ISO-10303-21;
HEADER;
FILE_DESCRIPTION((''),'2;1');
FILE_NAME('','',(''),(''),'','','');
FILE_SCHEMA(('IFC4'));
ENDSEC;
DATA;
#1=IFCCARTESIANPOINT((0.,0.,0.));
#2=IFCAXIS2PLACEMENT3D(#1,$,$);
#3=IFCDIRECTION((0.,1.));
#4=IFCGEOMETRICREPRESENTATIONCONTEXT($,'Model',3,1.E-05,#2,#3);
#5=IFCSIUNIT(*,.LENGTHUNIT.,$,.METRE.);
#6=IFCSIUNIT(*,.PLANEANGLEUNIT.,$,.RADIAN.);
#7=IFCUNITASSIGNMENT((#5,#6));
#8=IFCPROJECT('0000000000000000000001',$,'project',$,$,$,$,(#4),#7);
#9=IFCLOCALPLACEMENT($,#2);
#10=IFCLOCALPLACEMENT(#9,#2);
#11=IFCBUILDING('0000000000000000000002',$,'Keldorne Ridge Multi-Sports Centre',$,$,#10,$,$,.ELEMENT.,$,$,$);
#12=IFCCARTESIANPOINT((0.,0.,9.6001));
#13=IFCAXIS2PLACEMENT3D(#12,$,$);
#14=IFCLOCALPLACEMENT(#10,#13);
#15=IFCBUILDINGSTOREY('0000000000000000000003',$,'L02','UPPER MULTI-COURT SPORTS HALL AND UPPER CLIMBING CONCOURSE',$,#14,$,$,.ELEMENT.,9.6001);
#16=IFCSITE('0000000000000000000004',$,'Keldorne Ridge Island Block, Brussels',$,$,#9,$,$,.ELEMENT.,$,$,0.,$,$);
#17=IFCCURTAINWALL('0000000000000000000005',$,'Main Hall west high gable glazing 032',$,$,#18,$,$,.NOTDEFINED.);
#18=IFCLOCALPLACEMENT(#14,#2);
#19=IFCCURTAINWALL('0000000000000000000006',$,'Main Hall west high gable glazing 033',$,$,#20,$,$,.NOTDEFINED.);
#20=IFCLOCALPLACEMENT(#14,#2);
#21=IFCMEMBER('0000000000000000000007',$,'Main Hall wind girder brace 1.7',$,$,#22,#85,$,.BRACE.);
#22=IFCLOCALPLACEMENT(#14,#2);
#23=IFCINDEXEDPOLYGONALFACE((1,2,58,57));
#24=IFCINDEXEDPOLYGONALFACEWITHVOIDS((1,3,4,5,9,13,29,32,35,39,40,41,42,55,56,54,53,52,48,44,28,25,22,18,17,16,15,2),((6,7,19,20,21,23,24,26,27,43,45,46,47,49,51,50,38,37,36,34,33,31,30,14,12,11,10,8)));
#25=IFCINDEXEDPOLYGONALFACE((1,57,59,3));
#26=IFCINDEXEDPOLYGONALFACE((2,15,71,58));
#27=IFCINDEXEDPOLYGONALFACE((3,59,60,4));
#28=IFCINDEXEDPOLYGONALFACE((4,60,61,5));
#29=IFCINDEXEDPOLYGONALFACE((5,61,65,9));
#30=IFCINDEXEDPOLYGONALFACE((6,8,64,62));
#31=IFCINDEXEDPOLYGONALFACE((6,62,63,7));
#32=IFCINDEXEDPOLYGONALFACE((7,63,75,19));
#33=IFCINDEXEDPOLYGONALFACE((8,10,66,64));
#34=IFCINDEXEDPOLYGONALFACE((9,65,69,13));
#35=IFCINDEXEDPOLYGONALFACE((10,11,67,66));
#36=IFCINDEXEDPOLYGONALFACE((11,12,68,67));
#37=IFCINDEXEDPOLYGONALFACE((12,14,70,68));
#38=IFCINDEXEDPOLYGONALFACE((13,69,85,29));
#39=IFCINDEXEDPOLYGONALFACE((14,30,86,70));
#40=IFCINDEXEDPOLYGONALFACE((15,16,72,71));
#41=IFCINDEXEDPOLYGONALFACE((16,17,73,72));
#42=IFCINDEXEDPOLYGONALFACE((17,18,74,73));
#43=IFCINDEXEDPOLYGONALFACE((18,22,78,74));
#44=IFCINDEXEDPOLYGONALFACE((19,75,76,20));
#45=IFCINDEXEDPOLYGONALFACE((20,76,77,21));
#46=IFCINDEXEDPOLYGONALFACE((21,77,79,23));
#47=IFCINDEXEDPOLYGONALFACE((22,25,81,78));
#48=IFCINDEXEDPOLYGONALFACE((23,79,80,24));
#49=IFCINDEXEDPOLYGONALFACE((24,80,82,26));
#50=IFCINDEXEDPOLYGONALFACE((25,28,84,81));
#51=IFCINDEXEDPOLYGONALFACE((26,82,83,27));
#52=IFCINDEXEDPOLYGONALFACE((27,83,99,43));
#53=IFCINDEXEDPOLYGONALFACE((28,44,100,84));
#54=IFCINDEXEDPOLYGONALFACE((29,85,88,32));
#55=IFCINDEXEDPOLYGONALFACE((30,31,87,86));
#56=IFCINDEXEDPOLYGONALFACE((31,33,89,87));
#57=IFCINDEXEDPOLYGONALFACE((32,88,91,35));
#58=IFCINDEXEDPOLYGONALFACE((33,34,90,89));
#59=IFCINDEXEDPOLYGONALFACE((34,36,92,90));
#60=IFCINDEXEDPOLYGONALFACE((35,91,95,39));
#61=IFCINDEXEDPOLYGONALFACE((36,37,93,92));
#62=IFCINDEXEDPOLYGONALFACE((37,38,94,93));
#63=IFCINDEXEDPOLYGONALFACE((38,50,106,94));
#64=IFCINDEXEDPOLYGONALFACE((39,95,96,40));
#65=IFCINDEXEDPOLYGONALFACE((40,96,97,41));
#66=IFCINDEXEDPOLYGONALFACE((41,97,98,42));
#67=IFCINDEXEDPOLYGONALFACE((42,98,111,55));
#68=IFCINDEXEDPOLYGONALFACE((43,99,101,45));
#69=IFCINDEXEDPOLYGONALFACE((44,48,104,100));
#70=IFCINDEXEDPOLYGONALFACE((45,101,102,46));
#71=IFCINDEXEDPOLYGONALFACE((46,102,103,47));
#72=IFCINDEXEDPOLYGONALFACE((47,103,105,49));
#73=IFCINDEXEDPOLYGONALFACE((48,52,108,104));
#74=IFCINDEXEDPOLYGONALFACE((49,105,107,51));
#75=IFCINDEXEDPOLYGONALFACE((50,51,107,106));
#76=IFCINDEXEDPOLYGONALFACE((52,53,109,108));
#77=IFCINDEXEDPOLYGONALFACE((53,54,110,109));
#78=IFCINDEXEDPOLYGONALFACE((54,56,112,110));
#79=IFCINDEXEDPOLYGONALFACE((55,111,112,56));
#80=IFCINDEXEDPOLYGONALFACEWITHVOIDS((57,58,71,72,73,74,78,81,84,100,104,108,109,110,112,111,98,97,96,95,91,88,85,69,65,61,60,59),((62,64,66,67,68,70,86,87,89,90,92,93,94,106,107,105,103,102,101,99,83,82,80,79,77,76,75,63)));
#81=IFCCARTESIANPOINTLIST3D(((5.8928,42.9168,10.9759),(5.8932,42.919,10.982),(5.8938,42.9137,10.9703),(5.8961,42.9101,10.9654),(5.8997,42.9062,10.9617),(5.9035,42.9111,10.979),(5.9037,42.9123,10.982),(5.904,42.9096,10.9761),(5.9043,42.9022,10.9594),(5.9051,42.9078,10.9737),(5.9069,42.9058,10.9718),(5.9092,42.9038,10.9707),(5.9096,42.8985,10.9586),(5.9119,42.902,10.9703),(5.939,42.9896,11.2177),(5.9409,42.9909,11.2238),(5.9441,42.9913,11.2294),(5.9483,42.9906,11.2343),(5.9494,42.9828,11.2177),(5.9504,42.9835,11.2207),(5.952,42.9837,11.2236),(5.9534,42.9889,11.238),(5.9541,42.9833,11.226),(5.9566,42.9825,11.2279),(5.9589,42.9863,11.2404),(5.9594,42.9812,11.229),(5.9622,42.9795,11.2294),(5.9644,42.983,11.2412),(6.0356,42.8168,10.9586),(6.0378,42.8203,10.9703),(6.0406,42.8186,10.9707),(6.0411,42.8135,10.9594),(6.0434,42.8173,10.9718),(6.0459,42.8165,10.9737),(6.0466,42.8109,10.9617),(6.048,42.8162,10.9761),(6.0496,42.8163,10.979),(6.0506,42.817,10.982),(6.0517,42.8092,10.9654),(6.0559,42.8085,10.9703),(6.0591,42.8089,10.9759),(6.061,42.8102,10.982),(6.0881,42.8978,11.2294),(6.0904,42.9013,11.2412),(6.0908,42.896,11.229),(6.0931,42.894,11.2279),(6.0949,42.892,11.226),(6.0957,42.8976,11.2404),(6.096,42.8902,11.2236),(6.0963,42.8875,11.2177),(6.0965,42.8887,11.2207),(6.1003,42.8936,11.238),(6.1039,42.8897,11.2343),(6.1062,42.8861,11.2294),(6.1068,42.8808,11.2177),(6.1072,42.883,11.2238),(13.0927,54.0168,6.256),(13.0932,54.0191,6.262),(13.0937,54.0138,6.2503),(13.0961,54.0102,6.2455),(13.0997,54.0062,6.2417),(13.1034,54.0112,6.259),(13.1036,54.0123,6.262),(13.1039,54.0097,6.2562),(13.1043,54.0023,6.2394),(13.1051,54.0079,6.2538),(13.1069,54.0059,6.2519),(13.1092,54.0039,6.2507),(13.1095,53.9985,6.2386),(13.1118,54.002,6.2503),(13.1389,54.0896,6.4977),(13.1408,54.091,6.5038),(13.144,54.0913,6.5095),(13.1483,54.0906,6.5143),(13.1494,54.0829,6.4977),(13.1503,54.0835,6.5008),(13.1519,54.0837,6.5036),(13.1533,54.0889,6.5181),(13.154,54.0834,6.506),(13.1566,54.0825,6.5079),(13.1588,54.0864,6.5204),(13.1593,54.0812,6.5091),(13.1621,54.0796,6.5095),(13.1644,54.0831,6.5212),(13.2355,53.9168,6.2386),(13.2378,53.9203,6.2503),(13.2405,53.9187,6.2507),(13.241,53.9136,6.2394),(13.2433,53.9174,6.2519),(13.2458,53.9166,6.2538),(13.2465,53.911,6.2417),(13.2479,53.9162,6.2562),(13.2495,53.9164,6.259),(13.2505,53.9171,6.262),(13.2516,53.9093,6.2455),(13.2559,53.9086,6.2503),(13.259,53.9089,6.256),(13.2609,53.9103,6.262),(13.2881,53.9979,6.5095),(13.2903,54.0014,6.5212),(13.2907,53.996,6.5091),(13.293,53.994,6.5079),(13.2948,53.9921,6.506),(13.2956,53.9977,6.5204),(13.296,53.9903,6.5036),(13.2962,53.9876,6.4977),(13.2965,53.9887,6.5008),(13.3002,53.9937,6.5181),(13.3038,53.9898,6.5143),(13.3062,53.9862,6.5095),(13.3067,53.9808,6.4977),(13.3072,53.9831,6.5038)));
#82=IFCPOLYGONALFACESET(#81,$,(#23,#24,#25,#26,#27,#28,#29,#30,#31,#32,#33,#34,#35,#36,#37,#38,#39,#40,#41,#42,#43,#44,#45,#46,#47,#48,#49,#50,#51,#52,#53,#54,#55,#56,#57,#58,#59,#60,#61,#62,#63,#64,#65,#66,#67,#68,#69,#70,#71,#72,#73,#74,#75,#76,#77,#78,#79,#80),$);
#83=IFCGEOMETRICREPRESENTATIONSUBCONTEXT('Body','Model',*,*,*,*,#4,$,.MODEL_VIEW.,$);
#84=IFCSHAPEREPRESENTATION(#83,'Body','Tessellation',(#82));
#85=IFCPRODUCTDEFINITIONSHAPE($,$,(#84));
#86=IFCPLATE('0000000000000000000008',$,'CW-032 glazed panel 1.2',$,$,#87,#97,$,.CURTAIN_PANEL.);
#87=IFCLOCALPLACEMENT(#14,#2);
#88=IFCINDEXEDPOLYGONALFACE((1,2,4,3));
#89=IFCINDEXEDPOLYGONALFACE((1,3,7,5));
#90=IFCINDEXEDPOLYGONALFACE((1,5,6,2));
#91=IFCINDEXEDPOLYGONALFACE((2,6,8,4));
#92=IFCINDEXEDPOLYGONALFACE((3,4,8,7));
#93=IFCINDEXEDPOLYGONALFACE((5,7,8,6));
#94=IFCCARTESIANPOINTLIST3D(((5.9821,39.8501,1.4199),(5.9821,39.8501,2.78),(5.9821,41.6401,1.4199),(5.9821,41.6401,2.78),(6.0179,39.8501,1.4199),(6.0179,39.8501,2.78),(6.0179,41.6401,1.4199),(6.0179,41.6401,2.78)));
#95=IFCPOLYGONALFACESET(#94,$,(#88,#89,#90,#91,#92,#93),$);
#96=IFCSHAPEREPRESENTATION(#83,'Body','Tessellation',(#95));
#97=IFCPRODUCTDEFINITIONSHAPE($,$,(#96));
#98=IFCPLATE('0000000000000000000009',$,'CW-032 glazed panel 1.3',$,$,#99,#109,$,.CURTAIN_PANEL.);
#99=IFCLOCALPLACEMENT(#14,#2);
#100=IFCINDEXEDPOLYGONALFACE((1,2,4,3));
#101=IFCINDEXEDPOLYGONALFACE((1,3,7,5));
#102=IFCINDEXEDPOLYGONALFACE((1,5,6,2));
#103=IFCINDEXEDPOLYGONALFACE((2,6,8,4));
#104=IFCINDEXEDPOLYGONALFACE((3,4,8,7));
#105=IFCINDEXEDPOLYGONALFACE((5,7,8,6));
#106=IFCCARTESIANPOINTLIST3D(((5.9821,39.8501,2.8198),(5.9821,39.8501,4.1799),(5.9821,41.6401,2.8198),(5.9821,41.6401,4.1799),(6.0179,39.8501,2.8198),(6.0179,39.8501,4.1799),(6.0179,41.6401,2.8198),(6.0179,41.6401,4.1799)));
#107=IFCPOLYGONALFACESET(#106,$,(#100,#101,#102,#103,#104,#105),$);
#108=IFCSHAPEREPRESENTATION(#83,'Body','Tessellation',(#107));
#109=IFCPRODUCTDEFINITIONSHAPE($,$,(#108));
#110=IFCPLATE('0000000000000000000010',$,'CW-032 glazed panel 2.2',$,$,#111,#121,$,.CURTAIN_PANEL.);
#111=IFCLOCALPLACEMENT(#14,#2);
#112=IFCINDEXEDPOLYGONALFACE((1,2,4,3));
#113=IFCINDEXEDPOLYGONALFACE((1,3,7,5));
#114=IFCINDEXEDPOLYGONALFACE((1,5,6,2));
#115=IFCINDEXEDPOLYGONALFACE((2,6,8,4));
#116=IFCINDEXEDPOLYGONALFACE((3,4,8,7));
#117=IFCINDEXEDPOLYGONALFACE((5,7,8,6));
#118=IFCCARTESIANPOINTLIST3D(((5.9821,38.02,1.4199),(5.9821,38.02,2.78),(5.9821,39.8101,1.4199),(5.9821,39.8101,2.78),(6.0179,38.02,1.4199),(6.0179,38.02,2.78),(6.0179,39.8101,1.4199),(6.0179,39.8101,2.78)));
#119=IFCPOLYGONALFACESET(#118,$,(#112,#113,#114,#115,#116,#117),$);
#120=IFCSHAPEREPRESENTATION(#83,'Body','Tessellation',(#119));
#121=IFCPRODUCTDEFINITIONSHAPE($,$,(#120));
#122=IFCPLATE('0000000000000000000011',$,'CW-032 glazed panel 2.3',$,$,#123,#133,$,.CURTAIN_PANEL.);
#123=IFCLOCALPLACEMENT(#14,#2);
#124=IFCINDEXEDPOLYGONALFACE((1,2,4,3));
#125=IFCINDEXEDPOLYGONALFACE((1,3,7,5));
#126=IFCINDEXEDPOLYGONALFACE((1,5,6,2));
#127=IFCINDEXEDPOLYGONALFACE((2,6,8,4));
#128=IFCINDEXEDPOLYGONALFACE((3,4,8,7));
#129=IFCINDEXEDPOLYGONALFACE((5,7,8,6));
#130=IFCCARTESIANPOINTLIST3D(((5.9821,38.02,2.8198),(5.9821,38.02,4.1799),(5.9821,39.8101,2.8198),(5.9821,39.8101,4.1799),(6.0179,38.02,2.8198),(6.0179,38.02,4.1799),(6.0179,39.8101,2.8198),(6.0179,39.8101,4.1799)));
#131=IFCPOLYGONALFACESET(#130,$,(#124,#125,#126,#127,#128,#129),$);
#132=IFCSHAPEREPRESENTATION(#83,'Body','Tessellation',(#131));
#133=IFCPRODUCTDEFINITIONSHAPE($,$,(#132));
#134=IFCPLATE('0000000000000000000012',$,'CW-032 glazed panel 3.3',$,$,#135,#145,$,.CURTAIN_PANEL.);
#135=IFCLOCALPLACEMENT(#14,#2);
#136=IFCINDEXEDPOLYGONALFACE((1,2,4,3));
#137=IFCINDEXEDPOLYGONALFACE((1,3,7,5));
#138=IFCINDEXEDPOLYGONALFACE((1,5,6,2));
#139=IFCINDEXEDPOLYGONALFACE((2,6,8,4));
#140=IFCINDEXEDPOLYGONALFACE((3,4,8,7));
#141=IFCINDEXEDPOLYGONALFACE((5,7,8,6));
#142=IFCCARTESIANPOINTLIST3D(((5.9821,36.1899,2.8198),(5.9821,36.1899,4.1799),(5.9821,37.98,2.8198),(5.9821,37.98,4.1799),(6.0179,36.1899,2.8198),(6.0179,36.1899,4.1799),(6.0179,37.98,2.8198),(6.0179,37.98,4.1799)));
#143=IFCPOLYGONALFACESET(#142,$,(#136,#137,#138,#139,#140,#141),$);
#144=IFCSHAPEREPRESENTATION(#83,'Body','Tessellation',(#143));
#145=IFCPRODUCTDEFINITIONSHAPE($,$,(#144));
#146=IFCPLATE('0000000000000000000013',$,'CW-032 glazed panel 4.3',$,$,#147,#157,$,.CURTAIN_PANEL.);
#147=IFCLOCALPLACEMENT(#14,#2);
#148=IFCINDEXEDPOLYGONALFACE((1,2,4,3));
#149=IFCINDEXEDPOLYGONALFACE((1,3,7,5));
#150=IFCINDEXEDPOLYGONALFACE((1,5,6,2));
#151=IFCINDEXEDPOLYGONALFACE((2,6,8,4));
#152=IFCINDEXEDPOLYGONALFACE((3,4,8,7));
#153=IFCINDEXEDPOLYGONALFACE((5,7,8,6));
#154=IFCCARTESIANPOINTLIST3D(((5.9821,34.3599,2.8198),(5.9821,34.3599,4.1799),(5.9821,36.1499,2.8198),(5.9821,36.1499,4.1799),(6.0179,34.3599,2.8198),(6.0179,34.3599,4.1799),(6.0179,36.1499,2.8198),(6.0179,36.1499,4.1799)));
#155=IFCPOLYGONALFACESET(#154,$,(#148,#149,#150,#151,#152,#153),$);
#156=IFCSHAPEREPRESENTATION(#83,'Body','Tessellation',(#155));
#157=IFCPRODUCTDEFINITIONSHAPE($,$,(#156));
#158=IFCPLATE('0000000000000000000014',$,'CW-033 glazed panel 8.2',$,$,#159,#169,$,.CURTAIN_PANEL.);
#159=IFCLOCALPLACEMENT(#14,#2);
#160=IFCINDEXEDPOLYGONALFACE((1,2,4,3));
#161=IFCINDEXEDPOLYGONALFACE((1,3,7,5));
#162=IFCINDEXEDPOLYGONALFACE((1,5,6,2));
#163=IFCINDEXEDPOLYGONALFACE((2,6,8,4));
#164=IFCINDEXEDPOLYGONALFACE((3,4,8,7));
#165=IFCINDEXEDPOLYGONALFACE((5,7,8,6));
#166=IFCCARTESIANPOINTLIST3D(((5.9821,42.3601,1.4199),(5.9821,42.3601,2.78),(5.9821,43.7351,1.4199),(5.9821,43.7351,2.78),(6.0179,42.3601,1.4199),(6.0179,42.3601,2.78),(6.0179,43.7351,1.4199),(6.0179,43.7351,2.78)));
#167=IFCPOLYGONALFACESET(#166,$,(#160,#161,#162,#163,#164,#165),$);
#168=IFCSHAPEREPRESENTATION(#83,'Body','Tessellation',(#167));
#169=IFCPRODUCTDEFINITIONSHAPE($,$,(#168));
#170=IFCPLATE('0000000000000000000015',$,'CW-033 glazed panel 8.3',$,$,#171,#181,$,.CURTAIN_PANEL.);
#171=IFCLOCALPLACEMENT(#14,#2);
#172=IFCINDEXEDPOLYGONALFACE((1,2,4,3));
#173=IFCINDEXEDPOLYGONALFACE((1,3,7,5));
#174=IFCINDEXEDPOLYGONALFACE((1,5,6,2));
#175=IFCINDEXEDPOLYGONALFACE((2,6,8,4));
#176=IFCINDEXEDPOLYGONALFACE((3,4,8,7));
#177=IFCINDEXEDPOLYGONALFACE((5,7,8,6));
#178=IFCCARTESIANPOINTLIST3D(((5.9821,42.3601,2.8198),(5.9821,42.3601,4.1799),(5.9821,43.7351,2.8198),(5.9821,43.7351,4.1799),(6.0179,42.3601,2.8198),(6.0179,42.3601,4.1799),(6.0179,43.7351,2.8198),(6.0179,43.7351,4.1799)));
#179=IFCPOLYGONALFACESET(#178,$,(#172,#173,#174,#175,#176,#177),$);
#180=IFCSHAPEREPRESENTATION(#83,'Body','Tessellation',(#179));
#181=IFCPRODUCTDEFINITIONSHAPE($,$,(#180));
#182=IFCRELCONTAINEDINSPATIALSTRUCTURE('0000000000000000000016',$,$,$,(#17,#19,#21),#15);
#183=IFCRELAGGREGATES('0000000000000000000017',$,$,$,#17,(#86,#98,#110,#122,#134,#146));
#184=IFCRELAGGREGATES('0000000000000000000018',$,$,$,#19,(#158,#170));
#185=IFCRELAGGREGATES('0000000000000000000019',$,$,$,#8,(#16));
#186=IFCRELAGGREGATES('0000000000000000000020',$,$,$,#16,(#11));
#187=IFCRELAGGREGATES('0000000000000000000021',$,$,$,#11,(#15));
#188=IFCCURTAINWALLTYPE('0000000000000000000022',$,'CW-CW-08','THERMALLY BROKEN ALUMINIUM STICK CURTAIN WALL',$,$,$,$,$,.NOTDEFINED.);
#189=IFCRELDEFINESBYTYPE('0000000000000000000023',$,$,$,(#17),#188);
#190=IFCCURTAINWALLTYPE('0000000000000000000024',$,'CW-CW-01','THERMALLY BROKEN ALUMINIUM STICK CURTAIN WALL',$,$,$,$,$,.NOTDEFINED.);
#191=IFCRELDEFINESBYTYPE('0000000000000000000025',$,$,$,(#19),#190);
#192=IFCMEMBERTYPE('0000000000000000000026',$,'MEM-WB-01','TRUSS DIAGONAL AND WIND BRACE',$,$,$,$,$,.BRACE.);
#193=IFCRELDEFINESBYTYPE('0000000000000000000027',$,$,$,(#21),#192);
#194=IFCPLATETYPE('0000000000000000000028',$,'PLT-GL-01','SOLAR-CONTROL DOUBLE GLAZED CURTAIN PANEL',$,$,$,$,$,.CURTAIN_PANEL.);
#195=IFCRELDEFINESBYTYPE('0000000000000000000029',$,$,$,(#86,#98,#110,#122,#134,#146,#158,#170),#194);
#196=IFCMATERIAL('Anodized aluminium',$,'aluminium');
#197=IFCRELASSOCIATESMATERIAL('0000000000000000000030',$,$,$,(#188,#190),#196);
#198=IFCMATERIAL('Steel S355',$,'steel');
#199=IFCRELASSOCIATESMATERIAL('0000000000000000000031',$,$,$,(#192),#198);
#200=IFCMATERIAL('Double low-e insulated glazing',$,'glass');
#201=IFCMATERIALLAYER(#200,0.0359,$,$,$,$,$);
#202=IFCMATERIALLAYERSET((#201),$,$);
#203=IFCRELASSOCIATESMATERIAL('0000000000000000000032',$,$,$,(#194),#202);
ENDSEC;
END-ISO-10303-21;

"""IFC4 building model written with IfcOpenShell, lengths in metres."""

from ifc_helpers import new_model, si_unit, direction, frame, origin, origin_2d, place, context, subcontext, project, spatial, rectangle, hollow_rectangle, extrude, material, layer, layer_set, material_profile, profile_set, type_object, element, aggregate, save


model = new_model("IFC4")

# Units and contexts
model_context = context("Model", 3, precision=1e-05, world=origin(), true_north=direction((0.0, 1.0)))
body_context = subcontext(model_context, "Body", "Model", "MODEL_VIEW")
ifc_project = project(units=[si_unit("LENGTHUNIT", "METRE"), si_unit("PLANEANGLEUNIT", "RADIAN")], contexts=[model_context])

# Site, building, storey
site_placement = place(None, origin())
site = spatial("IfcSite", under=ifc_project, at=site_placement, Name="Keldorne Ridge Island Block, Brussels", CompositionType="ELEMENT", RefElevation=0.0)
building_placement = place(site_placement, origin())
building = spatial("IfcBuilding", under=site, at=building_placement, Name="Keldorne Ridge Multi-Sports Centre", CompositionType="ELEMENT")
storey_placement = place(building_placement, frame((0.0, 0.0, 9.6001)))
storey = spatial("IfcBuildingStorey", under=building, at=storey_placement, Name="L02", Description="UPPER MULTI-COURT SPORTS HALL AND UPPER CLIMBING CONCOURSE", CompositionType="ELEMENT", Elevation=9.6001)

# Shared definitions
ifc_material_1 = material(Name="Steel S355", Category="steel")

# Curtain wall
ifc_material_2 = material(Name="Anodized aluminium", Category="aluminium")
curtain_wall_type_1 = type_object("IfcCurtainWallType", Name="CW-CW-08", Description="THERMALLY BROKEN ALUMINIUM STICK CURTAIN WALL", PredefinedType="NOTDEFINED", material=ifc_material_2)
curtain_wall_1_placement = place(storey_placement, origin())
curtain_wall_1 = element("IfcCurtainWall", 1, at=curtain_wall_1_placement, inside=storey, type_object=curtain_wall_type_1, Name="Main Hall west high gable glazing 032", PredefinedType="NOTDEFINED")

# Curtain wall
curtain_wall_type_2 = type_object("IfcCurtainWallType", Name="CW-CW-01", Description="THERMALLY BROKEN ALUMINIUM STICK CURTAIN WALL", PredefinedType="NOTDEFINED", material=ifc_material_2)
curtain_wall_2_placement = place(storey_placement, origin())
curtain_wall_2 = element("IfcCurtainWall", 2, at=curtain_wall_2_placement, inside=storey, type_object=curtain_wall_type_2, Name="Main Hall west high gable glazing 033", PredefinedType="NOTDEFINED")

# Member
ifc_material_profile_1 = material_profile(ifc_material_1, hollow_rectangle(XDim=0.2, YDim=0.3, WallThickness=0.0125, InnerFilletRadius=0.0125, OuterFilletRadius=0.0249, at=origin_2d()), Name="RHS 300x200x12.5")
ifc_profile_set_1 = profile_set([ifc_material_profile_1], Name="Steel S355")
member_type_1 = type_object("IfcMemberType", Name="MEM-WB-01", Description="TRUSS DIAGONAL AND WIND BRACE", PredefinedType="BRACE", material=ifc_profile_set_1)
member_1_placement = place(storey_placement, frame((6.0, 42.8999, 11.0999), z_axis=(0.512547, 0.790188, -0.336003), x_axis=(-0.838965, 0.544185, 0.0)))
element("IfcMember", 3, at=member_1_placement, inside=storey, type_object=member_type_1, Name="Main Hall wind girder brace 1.7", PredefinedType="BRACE", context=body_context, shape_type="SweptSolid", body=[
    extrude(hollow_rectangle(XDim=0.2, YDim=0.3, WallThickness=0.0125, InnerFilletRadius=0.0125, OuterFilletRadius=0.0249, at=origin_2d()), origin(), (0.0, 0.0, 1.0), 14.0474),
])

# Plates
ifc_material_3 = material(Name="Double low-e insulated glazing", Category="glass")
ifc_layer = layer(ifc_material_3, 0.0359)
ifc_layer_set = layer_set([ifc_layer])
plate_type = type_object("IfcPlateType", Name="PLT-GL-01", Description="SOLAR-CONTROL DOUBLE GLAZED CURTAIN PANEL", PredefinedType="CURTAIN_PANEL", material=ifc_layer_set)
plate_1_placement = place(storey_placement, frame((6.0, 40.7451, 1.4199), z_axis=(0.0, 0.0, 1.0), x_axis=(0.0, -1.0, 0.0)))
plate_1 = element("IfcPlate", 4, at=plate_1_placement, type_object=plate_type, Name="CW-032 glazed panel 1.2", PredefinedType="CURTAIN_PANEL", context=body_context, shape_type="SweptSolid", body=[
    extrude(rectangle(XDim=1.79, YDim=0.0359, at=origin_2d()), origin(), (0.0, 0.0, 1.0), 1.3601),
])
plate_2_placement = place(storey_placement, frame((6.0, 40.7451, 2.8198), z_axis=(0.0, 0.0, 1.0), x_axis=(0.0, -1.0, 0.0)))
plate_2 = element("IfcPlate", 5, at=plate_2_placement, type_object=plate_type, Name="CW-032 glazed panel 1.3", PredefinedType="CURTAIN_PANEL", context=body_context, shape_type="SweptSolid", body=[
    extrude(rectangle(XDim=1.79, YDim=0.0359, at=origin_2d()), origin(), (0.0, 0.0, 1.0), 1.3601),
])
plate_3_placement = place(storey_placement, frame((6.0, 38.915, 1.4199), z_axis=(0.0, 0.0, 1.0), x_axis=(0.0, -1.0, 0.0)))
plate_3 = element("IfcPlate", 6, at=plate_3_placement, type_object=plate_type, Name="CW-032 glazed panel 2.2", PredefinedType="CURTAIN_PANEL", context=body_context, shape_type="SweptSolid", body=[
    extrude(rectangle(XDim=1.79, YDim=0.0359, at=origin_2d()), origin(), (0.0, 0.0, 1.0), 1.3601),
])
plate_4_placement = place(storey_placement, frame((6.0, 38.915, 2.8198), z_axis=(0.0, 0.0, 1.0), x_axis=(0.0, -1.0, 0.0)))
plate_4 = element("IfcPlate", 7, at=plate_4_placement, type_object=plate_type, Name="CW-032 glazed panel 2.3", PredefinedType="CURTAIN_PANEL", context=body_context, shape_type="SweptSolid", body=[
    extrude(rectangle(XDim=1.79, YDim=0.0359, at=origin_2d()), origin(), (0.0, 0.0, 1.0), 1.3601),
])
plate_5_placement = place(storey_placement, frame((6.0, 37.085, 2.8198), z_axis=(0.0, 0.0, 1.0), x_axis=(0.0, -1.0, 0.0)))
plate_5 = element("IfcPlate", 8, at=plate_5_placement, type_object=plate_type, Name="CW-032 glazed panel 3.3", PredefinedType="CURTAIN_PANEL", context=body_context, shape_type="SweptSolid", body=[
    extrude(rectangle(XDim=1.79, YDim=0.0359, at=origin_2d()), origin(), (0.0, 0.0, 1.0), 1.3601),
])
plate_6_placement = place(storey_placement, frame((6.0, 35.2549, 2.8198), z_axis=(0.0, 0.0, 1.0), x_axis=(0.0, -1.0, 0.0)))
plate_6 = element("IfcPlate", 9, at=plate_6_placement, type_object=plate_type, Name="CW-032 glazed panel 4.3", PredefinedType="CURTAIN_PANEL", context=body_context, shape_type="SweptSolid", body=[
    extrude(rectangle(XDim=1.79, YDim=0.0359, at=origin_2d()), origin(), (0.0, 0.0, 1.0), 1.3601),
])
aggregate(curtain_wall_1, [plate_1, plate_2, plate_3, plate_4, plate_5, plate_6])
plate_7_placement = place(storey_placement, frame((6.0, 43.0476, 1.4199), z_axis=(0.0, 0.0, 1.0), x_axis=(0.0, -1.0, 0.0)))
plate_7 = element("IfcPlate", 10, at=plate_7_placement, type_object=plate_type, Name="CW-033 glazed panel 8.2", PredefinedType="CURTAIN_PANEL", context=body_context, shape_type="SweptSolid", body=[
    extrude(rectangle(XDim=1.375, YDim=0.0359, at=origin_2d()), origin(), (0.0, 0.0, 1.0), 1.3601),
])
plate_8_placement = place(storey_placement, frame((6.0, 43.0476, 2.8198), z_axis=(0.0, 0.0, 1.0), x_axis=(0.0, -1.0, 0.0)))
plate_8 = element("IfcPlate", 11, at=plate_8_placement, type_object=plate_type, Name="CW-033 glazed panel 8.3", PredefinedType="CURTAIN_PANEL", context=body_context, shape_type="SweptSolid", body=[
    extrude(rectangle(XDim=1.375, YDim=0.0359, at=origin_2d()), origin(), (0.0, 0.0, 1.0), 1.3601),
])
aggregate(curtain_wall_2, [plate_7, plate_8])

save(model, "model.ifc")
